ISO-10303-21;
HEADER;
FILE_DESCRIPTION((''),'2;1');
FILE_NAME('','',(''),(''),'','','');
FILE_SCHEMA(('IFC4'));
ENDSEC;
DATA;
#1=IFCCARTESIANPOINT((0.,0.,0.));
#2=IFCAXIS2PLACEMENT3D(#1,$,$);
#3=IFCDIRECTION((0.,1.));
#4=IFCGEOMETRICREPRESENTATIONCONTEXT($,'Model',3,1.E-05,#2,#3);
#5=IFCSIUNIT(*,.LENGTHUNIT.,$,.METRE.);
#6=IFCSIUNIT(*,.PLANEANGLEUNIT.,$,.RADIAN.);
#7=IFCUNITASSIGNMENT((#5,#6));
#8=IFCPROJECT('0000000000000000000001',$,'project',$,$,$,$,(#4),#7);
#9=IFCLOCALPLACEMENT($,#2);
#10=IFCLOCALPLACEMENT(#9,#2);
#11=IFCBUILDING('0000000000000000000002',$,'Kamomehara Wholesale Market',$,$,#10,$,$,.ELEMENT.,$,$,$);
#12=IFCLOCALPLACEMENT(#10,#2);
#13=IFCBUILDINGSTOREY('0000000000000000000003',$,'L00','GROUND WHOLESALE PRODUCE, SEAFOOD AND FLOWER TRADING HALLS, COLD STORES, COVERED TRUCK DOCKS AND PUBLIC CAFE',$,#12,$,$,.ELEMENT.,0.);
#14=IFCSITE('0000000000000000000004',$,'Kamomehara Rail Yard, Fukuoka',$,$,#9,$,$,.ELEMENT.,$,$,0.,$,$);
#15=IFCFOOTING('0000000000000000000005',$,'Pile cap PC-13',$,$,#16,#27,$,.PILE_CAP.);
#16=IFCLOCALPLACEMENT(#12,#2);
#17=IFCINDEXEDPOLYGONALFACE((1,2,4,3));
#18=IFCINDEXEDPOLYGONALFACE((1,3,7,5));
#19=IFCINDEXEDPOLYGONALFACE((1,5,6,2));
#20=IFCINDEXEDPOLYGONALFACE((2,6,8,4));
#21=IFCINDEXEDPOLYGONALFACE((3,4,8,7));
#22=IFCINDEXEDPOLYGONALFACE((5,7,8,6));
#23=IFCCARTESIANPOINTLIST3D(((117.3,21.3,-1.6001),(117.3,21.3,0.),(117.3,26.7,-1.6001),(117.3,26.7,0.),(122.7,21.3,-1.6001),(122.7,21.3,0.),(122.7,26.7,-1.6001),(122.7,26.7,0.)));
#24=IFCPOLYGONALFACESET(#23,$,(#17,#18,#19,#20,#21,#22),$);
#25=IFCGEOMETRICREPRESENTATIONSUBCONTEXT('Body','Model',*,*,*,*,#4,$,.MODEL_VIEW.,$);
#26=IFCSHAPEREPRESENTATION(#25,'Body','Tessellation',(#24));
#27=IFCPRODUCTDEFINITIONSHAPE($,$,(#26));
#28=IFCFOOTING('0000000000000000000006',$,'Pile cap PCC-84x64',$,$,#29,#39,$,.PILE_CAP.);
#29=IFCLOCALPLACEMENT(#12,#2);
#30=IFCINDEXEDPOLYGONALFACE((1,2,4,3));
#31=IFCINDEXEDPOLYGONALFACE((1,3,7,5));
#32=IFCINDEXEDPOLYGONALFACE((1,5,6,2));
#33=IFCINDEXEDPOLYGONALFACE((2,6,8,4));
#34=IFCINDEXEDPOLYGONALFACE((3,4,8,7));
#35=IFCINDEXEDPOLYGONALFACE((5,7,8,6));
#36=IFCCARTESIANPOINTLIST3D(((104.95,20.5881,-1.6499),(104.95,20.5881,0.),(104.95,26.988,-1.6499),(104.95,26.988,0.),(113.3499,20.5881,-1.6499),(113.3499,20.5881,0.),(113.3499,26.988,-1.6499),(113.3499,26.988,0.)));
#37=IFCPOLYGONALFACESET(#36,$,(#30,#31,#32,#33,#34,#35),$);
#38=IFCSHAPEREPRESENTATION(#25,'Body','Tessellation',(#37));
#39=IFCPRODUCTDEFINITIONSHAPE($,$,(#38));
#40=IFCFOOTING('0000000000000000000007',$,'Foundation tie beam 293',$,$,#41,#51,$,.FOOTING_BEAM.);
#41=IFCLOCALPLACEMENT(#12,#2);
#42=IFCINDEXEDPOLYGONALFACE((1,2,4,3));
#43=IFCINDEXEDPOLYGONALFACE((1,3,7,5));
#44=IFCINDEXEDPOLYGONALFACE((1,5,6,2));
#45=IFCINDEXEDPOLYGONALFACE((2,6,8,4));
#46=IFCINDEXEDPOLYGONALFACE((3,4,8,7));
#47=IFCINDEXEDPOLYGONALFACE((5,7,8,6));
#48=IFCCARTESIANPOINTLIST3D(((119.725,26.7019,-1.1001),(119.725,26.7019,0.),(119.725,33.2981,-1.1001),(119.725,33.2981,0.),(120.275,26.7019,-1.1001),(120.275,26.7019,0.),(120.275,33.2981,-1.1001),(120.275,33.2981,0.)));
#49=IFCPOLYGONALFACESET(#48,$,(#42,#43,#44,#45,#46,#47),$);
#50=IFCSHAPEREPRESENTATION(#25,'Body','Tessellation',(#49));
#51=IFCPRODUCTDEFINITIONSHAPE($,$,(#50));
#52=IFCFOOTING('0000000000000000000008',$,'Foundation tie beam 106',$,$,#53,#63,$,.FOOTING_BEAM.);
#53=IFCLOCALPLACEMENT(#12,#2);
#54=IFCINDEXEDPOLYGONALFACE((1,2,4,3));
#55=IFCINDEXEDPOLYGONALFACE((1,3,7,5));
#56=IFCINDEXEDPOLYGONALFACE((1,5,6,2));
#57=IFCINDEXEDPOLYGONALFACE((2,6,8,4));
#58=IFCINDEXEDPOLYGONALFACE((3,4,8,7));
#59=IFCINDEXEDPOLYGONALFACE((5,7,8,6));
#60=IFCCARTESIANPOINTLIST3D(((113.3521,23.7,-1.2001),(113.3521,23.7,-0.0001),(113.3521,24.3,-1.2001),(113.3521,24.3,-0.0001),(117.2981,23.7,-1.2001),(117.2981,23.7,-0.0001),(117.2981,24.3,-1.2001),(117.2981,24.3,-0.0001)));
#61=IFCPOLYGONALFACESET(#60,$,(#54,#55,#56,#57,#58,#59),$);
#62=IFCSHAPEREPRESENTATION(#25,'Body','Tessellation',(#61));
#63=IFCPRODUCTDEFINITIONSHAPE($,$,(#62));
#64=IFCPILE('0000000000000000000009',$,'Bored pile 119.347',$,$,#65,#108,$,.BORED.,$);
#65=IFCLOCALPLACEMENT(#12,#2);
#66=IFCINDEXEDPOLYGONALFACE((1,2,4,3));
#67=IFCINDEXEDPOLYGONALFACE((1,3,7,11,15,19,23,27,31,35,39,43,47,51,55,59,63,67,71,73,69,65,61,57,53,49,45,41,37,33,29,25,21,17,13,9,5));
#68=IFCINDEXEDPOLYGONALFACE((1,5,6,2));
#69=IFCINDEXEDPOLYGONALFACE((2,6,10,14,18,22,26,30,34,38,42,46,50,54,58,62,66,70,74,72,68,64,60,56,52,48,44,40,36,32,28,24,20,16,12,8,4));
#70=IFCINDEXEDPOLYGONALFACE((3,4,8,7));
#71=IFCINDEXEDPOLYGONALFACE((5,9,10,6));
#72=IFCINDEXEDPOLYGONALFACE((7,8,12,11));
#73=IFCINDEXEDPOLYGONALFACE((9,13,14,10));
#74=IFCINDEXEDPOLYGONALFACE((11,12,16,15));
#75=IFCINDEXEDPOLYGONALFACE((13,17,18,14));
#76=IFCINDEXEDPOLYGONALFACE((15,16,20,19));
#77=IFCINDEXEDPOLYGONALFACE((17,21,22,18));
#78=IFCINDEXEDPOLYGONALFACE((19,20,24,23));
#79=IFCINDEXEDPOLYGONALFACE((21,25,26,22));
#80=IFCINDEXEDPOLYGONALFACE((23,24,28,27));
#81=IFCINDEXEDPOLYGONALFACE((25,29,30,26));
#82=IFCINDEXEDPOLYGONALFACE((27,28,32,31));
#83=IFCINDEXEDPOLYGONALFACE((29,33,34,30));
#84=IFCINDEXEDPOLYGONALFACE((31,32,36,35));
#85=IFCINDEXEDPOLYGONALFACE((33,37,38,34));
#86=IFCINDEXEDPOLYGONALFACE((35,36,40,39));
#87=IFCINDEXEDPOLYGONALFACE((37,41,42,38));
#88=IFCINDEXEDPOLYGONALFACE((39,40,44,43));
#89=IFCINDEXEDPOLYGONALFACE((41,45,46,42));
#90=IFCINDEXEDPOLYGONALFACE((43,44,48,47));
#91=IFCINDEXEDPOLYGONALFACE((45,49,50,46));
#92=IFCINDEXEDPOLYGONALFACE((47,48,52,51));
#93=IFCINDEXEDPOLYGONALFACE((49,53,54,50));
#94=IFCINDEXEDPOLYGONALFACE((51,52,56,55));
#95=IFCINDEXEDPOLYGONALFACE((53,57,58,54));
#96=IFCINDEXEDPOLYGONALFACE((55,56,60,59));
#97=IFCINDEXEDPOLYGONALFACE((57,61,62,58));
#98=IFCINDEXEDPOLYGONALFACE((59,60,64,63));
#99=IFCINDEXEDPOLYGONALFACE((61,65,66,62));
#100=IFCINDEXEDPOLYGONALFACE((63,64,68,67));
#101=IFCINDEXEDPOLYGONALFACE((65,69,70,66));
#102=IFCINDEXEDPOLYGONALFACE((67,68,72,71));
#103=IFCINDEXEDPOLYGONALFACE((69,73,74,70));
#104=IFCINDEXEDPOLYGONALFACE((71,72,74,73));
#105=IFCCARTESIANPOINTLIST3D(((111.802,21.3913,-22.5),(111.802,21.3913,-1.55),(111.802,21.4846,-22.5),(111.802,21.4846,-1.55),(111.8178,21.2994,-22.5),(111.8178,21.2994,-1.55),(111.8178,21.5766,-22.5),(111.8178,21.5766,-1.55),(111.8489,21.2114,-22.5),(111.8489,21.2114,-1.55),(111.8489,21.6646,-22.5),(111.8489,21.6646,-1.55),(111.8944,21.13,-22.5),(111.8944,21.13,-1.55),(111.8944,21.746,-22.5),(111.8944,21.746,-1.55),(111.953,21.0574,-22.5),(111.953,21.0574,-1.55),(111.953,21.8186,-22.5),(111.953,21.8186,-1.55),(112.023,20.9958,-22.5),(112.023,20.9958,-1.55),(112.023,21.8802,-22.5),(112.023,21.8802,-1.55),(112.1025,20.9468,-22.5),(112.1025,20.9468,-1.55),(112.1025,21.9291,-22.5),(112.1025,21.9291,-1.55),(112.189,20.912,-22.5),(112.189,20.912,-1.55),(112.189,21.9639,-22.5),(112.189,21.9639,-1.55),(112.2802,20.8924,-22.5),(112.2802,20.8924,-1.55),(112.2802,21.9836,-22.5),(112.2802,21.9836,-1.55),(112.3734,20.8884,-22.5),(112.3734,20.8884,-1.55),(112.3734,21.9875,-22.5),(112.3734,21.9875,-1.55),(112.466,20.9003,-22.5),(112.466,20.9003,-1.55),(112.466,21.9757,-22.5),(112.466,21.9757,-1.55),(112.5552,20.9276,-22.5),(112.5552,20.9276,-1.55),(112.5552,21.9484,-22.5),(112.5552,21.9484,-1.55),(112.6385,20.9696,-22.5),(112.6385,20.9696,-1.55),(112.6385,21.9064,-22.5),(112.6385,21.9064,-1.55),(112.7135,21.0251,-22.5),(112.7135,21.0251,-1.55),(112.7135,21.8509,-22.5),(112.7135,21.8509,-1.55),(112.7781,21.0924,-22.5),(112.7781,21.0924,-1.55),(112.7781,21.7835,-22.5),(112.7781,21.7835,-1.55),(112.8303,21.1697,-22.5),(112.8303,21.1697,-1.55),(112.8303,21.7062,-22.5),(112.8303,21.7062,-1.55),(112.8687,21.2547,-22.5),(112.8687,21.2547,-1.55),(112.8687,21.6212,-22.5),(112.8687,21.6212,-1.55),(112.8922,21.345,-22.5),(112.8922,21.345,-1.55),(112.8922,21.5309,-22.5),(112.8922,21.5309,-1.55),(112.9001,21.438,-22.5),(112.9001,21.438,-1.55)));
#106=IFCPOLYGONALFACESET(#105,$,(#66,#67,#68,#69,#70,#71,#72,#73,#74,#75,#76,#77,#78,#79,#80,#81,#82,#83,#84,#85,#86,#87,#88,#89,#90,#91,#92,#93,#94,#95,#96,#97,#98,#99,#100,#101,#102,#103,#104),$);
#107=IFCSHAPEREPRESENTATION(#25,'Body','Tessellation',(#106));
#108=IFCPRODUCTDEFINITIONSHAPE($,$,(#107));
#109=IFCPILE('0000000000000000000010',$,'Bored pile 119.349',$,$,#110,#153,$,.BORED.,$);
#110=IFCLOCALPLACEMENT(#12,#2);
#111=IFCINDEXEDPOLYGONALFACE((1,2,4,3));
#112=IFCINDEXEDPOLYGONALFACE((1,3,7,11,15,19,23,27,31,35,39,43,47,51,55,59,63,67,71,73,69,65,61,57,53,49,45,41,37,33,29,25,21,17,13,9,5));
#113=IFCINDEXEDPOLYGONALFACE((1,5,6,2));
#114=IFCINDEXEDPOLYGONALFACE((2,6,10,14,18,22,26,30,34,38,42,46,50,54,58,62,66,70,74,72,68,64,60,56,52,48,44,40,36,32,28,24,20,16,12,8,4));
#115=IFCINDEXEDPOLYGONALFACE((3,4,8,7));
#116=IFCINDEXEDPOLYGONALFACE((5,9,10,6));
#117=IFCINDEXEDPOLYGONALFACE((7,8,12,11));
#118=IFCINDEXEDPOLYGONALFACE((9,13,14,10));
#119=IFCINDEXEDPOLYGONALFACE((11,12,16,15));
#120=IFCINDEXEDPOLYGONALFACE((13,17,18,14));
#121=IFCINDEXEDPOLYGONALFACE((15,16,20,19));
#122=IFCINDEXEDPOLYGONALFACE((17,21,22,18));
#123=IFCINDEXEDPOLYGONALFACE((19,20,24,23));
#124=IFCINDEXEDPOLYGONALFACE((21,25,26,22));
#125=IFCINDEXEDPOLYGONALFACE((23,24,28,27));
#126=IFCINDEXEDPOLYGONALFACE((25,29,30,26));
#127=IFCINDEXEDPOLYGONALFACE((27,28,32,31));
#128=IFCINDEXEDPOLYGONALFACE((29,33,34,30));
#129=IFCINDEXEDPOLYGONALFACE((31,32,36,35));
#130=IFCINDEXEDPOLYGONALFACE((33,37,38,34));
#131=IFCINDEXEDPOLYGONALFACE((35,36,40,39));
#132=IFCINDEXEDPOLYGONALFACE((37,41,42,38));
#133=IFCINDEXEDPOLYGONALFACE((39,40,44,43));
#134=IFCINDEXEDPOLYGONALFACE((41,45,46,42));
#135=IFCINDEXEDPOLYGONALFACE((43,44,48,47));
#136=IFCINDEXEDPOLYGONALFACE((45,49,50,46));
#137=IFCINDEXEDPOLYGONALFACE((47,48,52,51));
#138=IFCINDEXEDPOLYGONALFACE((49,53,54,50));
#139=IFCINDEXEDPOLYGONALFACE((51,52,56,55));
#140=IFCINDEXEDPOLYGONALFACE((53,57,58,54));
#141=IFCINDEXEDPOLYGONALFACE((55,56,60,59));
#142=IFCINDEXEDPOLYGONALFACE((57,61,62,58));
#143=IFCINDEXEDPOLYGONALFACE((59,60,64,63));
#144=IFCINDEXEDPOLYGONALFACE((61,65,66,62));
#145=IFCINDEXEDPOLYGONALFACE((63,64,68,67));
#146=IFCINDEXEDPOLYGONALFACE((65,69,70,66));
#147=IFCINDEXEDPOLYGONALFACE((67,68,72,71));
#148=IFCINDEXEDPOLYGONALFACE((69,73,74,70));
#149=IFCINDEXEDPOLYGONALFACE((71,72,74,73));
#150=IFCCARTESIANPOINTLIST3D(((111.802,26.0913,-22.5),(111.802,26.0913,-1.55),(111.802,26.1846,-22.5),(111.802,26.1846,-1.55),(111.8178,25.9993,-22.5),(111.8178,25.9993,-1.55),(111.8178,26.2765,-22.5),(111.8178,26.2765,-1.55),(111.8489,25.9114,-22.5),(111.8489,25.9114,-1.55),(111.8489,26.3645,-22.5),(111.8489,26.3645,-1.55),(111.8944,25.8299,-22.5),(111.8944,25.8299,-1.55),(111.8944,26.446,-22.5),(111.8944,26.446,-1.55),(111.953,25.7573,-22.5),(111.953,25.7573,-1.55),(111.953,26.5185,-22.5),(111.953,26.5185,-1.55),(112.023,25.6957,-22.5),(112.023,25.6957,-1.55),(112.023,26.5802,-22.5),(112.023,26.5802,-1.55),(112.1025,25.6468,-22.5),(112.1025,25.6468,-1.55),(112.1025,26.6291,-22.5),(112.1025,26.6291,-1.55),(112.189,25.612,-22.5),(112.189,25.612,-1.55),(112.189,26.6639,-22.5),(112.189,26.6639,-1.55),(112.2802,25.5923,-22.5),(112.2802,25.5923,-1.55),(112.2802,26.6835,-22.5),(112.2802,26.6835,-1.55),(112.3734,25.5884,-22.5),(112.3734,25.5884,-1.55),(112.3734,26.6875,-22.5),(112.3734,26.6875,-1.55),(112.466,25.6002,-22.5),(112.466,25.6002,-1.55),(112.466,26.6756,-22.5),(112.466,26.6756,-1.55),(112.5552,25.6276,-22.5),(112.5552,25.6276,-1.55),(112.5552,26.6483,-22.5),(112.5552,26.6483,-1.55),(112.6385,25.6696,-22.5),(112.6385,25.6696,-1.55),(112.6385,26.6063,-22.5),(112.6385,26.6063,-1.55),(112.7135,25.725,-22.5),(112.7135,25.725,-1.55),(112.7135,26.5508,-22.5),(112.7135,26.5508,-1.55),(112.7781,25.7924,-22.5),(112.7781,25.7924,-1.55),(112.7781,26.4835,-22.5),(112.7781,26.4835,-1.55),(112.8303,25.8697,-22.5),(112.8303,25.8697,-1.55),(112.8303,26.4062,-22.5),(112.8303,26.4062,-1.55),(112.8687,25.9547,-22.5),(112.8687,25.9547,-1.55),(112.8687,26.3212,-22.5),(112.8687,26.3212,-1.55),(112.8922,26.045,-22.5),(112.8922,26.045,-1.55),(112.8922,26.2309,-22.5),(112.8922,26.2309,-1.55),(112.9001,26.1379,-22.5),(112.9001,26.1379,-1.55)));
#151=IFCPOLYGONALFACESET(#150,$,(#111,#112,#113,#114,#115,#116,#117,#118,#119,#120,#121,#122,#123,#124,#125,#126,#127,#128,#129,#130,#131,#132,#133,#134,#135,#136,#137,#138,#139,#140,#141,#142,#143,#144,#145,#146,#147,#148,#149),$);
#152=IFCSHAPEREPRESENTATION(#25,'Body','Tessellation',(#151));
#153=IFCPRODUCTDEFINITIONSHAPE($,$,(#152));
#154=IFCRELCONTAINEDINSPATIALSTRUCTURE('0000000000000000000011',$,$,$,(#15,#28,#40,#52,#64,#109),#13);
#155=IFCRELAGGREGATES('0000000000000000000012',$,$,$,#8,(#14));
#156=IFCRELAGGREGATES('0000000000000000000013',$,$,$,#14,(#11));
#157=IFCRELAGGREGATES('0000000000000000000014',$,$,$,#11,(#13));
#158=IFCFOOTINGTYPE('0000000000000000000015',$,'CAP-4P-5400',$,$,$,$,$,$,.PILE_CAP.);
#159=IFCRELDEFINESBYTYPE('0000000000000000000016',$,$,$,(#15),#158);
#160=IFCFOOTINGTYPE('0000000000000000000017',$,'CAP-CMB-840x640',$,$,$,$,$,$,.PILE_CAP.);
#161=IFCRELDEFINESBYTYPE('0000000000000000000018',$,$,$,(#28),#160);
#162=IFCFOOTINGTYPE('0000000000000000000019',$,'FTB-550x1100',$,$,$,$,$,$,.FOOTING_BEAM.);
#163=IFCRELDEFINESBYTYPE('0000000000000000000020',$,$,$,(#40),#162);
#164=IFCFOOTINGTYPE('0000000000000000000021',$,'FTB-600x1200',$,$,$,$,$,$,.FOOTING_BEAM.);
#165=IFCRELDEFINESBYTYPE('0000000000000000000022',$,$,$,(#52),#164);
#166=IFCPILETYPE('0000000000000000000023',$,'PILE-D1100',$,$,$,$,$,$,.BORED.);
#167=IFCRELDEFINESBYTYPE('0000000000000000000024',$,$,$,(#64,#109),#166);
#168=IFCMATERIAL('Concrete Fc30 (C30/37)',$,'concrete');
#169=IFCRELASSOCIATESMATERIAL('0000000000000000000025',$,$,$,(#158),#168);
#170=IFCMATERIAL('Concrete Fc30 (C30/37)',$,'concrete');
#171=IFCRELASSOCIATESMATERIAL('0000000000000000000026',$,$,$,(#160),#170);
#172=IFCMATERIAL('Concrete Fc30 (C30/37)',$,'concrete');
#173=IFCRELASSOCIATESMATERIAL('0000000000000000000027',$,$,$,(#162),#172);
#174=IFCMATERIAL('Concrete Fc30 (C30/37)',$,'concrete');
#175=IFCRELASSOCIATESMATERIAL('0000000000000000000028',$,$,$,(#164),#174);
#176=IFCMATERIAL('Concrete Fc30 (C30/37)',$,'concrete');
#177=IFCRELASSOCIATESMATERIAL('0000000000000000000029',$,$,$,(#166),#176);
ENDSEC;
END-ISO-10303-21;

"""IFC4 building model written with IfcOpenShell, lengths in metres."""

from ifc_helpers import new_model, si_unit, direction, frame, origin, origin_2d, place, context, subcontext, project, spatial, rectangle, circle, extrude, material, material_profile, profile_set, type_object, element, save


model = new_model("IFC4")

# Units and contexts
model_context = context("Model", 3, precision=1e-05, world=origin(), true_north=direction((0.0, 1.0)))
body_context = subcontext(model_context, "Body", "Model", "MODEL_VIEW")
ifc_project = project(units=[si_unit("LENGTHUNIT", "METRE"), si_unit("PLANEANGLEUNIT", "RADIAN")], contexts=[model_context])

# Site, building, storey
site_placement = place(None, origin())
site = spatial("IfcSite", under=ifc_project, at=site_placement, Name="Kamomehara Rail Yard, Fukuoka", CompositionType="ELEMENT", RefElevation=0.0)
building_placement = place(site_placement, origin())
building = spatial("IfcBuilding", under=site, at=building_placement, Name="Kamomehara Wholesale Market", CompositionType="ELEMENT")
storey_placement = place(building_placement, origin())
storey = spatial("IfcBuildingStorey", under=building, at=storey_placement, Name="L00", Description="GROUND WHOLESALE PRODUCE, SEAFOOD AND FLOWER TRADING HALLS, COLD STORES, COVERED TRUCK DOCKS AND PUBLIC CAFE", CompositionType="ELEMENT", Elevation=0.0)

# Footings
ifc_material_1 = material(Name="Concrete Fc30 (C30/37)", Category="concrete")
footing_type_1 = type_object("IfcFootingType", Name="CAP-4P-5400", PredefinedType="PILE_CAP", material=ifc_material_1)
footing_1_placement = place(storey_placement, frame((120.0, 24.0, -1.6001), z_axis=(0.0, 0.0, 1.0), x_axis=(1.0, 0.0, 0.0)))
element("IfcFooting", 1, at=footing_1_placement, inside=storey, type_object=footing_type_1, Name="Pile cap PC-13", PredefinedType="PILE_CAP", context=body_context, shape_type="SweptSolid", body=[
    extrude(rectangle(XDim=5.3999, YDim=5.3999, at=origin_2d()), origin(), (0.0, 0.0, 1.0), 1.6001),
])
ifc_material_2 = material(Name="Concrete Fc30 (C30/37)", Category="concrete")
footing_type_2 = type_object("IfcFootingType", Name="CAP-CMB-840x640", PredefinedType="PILE_CAP", material=ifc_material_2)
footing_2_placement = place(storey_placement, frame((109.1499, 23.7881, -1.6499), z_axis=(0.0, 0.0, 1.0), x_axis=(1.0, 0.0, 0.0)))
element("IfcFooting", 2, at=footing_2_placement, inside=storey, type_object=footing_type_2, Name="Pile cap PCC-84x64", PredefinedType="PILE_CAP", context=body_context, shape_type="SweptSolid", body=[
    extrude(rectangle(XDim=8.3999, YDim=6.3999, at=origin_2d()), origin(), (0.0, 0.0, 1.0), 1.6499),
])
ifc_material_3 = material(Name="Concrete Fc30 (C30/37)", Category="concrete")
ifc_material_profile_1 = material_profile(ifc_material_3, rectangle(XDim=0.55, YDim=1.1001, at=origin_2d()), Name="RC-FTB-550x1100")
ifc_profile_set_1 = profile_set([ifc_material_profile_1], Name="Concrete Fc30 (C30/37)")
footing_type_3 = type_object("IfcFootingType", Name="FTB-550x1100", PredefinedType="FOOTING_BEAM", material=ifc_profile_set_1)
footing_3_placement = place(storey_placement, frame((120.0, 26.7019, -0.55), z_axis=(0.0, 1.0, 0.0), x_axis=(-1.0, 0.0, 0.0)))
element("IfcFooting", 3, at=footing_3_placement, inside=storey, type_object=footing_type_3, Name="Foundation tie beam 293", PredefinedType="FOOTING_BEAM", context=body_context, shape_type="SweptSolid", body=[
    extrude(rectangle(XDim=0.55, YDim=1.1001, at=origin_2d()), origin(), (0.0, 0.0, 1.0), 6.5962),
])
ifc_material_4 = material(Name="Concrete Fc30 (C30/37)", Category="concrete")
ifc_material_profile_2 = material_profile(ifc_material_4, rectangle(XDim=0.6001, YDim=1.2, at=origin_2d()), Name="RC-FTB-600x1200")
ifc_profile_set_2 = profile_set([ifc_material_profile_2], Name="Concrete Fc30 (C30/37)")
footing_type_4 = type_object("IfcFootingType", Name="FTB-600x1200", PredefinedType="FOOTING_BEAM", material=ifc_profile_set_2)
footing_4_placement = place(storey_placement, frame((113.3521, 24.0, -0.6001), z_axis=(1.0, 0.0, 0.0), x_axis=(0.0, 1.0, 0.0)))
element("IfcFooting", 4, at=footing_4_placement, inside=storey, type_object=footing_type_4, Name="Foundation tie beam 106", PredefinedType="FOOTING_BEAM", context=body_context, shape_type="SweptSolid", body=[
    extrude(rectangle(XDim=0.6001, YDim=1.2, at=origin_2d()), origin(), (0.0, 0.0, 1.0), 3.946),
])

# Piles
ifc_material_5 = material(Name="Concrete Fc30 (C30/37)", Category="concrete")
ifc_material_profile_3 = material_profile(ifc_material_5, circle(Radius=0.55, at=origin_2d()), Name="RC-PILE-D1100")
ifc_profile_set_3 = profile_set([ifc_material_profile_3], Name="Concrete Fc30 (C30/37)")
pile_type_1 = type_object("IfcPileType", Name="PILE-D1100", PredefinedType="BORED", material=ifc_profile_set_3)
for number, where, z_axis, x_axis, name in (
    (5, (112.3501, 21.438, -1.55), (0.0, 0.0, -1.0), (1.0, 0.0, 0.0), "Bored pile 119.347"),
    (6, (112.3501, 26.1379, -1.55), (0.0, 0.0, -1.0), (1.0, 0.0, 0.0), "Bored pile 119.349"),
):
    element("IfcPile", number, at=place(storey_placement, frame(where, z_axis=z_axis, x_axis=x_axis)), inside=storey, type_object=pile_type_1, Name=name, PredefinedType="BORED", context=body_context, shape_type="SweptSolid", body=[
        extrude(circle(Radius=0.55, at=origin_2d()), origin(), (0.0, 0.0, 1.0), 20.95),
    ])

save(model, "model.ifc")
